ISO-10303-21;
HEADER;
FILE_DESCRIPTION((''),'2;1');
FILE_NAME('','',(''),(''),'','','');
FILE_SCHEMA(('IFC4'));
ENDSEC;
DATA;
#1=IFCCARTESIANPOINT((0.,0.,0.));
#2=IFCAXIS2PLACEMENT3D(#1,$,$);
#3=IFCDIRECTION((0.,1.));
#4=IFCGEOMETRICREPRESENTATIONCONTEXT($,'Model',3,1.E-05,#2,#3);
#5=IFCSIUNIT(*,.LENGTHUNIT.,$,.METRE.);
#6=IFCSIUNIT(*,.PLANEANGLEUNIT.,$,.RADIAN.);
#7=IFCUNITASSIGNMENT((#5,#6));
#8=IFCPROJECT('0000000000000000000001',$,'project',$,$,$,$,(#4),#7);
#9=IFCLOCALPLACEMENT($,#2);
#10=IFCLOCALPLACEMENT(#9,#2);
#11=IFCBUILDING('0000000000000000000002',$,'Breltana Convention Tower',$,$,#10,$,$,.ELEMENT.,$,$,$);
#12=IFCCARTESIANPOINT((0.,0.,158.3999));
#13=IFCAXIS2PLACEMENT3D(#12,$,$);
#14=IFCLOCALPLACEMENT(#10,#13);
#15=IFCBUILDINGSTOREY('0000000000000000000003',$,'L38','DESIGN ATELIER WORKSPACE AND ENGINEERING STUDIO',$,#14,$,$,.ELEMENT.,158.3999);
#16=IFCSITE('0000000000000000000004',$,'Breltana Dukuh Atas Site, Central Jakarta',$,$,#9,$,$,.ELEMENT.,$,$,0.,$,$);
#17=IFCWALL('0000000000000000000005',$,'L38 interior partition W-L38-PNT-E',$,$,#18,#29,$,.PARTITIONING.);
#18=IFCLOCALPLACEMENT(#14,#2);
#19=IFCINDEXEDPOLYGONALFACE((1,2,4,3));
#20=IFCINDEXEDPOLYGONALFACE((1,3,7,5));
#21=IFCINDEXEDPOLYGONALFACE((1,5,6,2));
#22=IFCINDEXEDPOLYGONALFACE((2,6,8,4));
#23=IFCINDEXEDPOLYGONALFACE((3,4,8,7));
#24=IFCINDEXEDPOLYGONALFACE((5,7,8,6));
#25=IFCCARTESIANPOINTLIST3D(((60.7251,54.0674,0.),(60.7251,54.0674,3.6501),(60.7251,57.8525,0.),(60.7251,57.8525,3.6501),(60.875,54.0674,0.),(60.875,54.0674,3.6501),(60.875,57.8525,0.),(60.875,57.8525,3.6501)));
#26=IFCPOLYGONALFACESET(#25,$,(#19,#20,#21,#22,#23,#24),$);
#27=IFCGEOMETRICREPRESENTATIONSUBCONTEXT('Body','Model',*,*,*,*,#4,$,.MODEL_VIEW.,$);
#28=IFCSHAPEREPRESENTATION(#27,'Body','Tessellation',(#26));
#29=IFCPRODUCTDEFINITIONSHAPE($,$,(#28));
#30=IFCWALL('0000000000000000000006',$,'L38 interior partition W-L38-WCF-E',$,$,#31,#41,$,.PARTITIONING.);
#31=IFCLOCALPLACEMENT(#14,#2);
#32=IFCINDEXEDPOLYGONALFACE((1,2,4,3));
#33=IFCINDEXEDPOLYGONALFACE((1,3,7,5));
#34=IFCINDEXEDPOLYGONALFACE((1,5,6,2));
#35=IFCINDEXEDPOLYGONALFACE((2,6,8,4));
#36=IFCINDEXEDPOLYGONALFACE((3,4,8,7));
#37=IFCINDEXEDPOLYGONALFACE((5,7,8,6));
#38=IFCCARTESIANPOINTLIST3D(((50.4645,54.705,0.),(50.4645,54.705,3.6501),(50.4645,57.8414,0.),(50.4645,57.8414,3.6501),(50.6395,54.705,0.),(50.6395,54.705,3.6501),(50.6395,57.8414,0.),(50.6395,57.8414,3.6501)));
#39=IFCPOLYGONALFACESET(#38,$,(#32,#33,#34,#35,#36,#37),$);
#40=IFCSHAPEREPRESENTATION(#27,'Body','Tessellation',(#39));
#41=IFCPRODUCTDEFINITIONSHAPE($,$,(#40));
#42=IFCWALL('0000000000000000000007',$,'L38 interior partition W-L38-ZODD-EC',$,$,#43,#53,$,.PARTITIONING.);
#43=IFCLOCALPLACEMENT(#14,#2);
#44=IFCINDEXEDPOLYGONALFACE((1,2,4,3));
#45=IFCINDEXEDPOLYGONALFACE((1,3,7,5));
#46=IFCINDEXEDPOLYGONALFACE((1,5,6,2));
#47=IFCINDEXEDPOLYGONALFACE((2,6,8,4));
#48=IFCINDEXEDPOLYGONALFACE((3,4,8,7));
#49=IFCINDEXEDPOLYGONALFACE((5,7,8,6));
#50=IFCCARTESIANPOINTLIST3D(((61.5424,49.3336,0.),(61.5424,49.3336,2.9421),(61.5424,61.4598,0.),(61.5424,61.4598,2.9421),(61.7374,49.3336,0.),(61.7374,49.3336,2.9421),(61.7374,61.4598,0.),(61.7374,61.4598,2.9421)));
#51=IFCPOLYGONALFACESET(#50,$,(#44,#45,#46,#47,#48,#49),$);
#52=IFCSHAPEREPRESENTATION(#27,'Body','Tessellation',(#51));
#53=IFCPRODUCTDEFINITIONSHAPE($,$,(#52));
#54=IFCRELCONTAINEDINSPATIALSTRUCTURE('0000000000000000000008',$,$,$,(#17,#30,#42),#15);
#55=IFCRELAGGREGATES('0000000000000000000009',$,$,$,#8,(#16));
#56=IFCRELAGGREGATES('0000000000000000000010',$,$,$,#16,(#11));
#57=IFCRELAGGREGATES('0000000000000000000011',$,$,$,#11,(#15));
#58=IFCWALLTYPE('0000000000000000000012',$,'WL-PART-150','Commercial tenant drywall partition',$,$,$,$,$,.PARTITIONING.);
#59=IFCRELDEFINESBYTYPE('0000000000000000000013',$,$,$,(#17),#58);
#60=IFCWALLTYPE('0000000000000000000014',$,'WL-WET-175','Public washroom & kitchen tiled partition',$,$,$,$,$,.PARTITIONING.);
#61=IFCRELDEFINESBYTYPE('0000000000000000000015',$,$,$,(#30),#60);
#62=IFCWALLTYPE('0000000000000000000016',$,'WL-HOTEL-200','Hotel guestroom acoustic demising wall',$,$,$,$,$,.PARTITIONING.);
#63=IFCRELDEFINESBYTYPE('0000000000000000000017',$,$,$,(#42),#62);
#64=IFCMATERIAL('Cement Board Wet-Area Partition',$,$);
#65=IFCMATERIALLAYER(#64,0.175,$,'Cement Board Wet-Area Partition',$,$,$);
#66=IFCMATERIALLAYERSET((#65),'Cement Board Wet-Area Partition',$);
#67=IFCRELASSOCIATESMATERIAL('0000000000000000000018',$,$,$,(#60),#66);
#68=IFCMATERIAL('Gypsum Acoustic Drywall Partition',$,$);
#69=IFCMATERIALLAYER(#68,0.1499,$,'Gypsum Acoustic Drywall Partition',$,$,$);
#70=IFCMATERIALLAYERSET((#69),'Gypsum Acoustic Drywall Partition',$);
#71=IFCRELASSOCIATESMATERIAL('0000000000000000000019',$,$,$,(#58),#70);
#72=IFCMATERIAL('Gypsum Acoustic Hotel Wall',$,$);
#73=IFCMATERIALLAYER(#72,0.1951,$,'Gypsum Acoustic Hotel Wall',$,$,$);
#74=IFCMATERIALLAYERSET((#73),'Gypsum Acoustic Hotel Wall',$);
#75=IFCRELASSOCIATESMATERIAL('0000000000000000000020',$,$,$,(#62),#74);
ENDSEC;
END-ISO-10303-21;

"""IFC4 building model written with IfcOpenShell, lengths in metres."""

from ifc_helpers import new_model, si_unit, direction, frame, frame_2d, origin, place, context, subcontext, project, spatial, rectangle, extrude, source, transform, mapped, material, layer, layer_set, type_object, element, save


model = new_model("IFC4")

# Units and contexts
model_context = context("Model", 3, precision=1e-05, world=origin(), true_north=direction((0.0, 1.0)))
body_context = subcontext(model_context, "Body", "Model", "MODEL_VIEW")
ifc_project = project(units=[si_unit("LENGTHUNIT", "METRE"), si_unit("PLANEANGLEUNIT", "RADIAN")], contexts=[model_context])

# Site, building, storey
site_placement = place(None, origin())
site = spatial("IfcSite", under=ifc_project, at=site_placement, Name="Breltana Dukuh Atas Site, Central Jakarta", CompositionType="ELEMENT", RefElevation=0.0)
building_placement = place(site_placement, origin())
building = spatial("IfcBuilding", under=site, at=building_placement, Name="Breltana Convention Tower", CompositionType="ELEMENT")
storey_placement = place(building_placement, frame((0.0, 0.0, 158.3999)))
storey = spatial("IfcBuildingStorey", under=building, at=storey_placement, Name="L38", Description="DESIGN ATELIER WORKSPACE AND ENGINEERING STUDIO", CompositionType="ELEMENT", Elevation=158.3999)

# Shared definitions
ifc_material_1 = material(Name="Cement Board Wet-Area Partition")
ifc_layer_1 = layer(ifc_material_1, 0.175, Name="Cement Board Wet-Area Partition")
ifc_layer_set_1 = layer_set([ifc_layer_1], Name="Cement Board Wet-Area Partition")
wall_type_1 = type_object("IfcWallType", Name="WL-WET-175", Description="Public washroom & kitchen tiled partition", PredefinedType="PARTITIONING", material=ifc_layer_set_1)

# Shared definitions
ifc_material_2 = material(Name="Gypsum Acoustic Drywall Partition")
ifc_layer_2 = layer(ifc_material_2, 0.1499, Name="Gypsum Acoustic Drywall Partition")
ifc_layer_set_2 = layer_set([ifc_layer_2], Name="Gypsum Acoustic Drywall Partition")
wall_type_2 = type_object("IfcWallType", Name="WL-PART-150", Description="Commercial tenant drywall partition", PredefinedType="PARTITIONING", material=ifc_layer_set_2)

# Walls
shared_shape_1 = source(origin(), body_context, "Body", "SweptSolid", [
    extrude(rectangle(XDim=3.7852, YDim=0.1499, at=frame_2d((1.8926, 0.0))), origin(), (0.0, 0.0, 1.0), 3.6501),
])
for number, where, z_axis, x_axis, name in (
    (1, (60.8, 54.0674, 0.0), (0.0, 0.0, 1.0), (0.0, 1.0, 0.0), "L38 interior partition W-L38-PNT-E"),
):
    element("IfcWall", number, at=place(storey_placement, frame(where, z_axis=z_axis, x_axis=x_axis)), inside=storey, type_object=wall_type_2, Name=name, PredefinedType="PARTITIONING", context=body_context, shape_type="MappedRepresentation", body=[
        mapped(shared_shape_1, transform((0.0, 0.0, 0.0), scale=1.0)),
    ])
shared_shape_2 = source(origin(), body_context, "Body", "SweptSolid", [
    extrude(rectangle(XDim=3.1365, YDim=0.175, at=frame_2d((1.5684, 0.0))), origin(), (0.0, 0.0, 1.0), 3.6501),
])
wall_1_placement = place(storey_placement, frame((50.552, 54.7048, 0.0), z_axis=(0.0, 0.0, 1.0), x_axis=(0.0, 1.0, 0.0)))
element("IfcWall", 2, at=wall_1_placement, inside=storey, type_object=wall_type_1, Name="L38 interior partition W-L38-WCF-E", PredefinedType="PARTITIONING", context=body_context, shape_type="MappedRepresentation", body=[
    mapped(shared_shape_2, transform((0.0, 0.0, 0.0), scale=1.0)),
])
ifc_material_3 = material(Name="Gypsum Acoustic Hotel Wall")
ifc_layer_3 = layer(ifc_material_3, 0.1951, Name="Gypsum Acoustic Hotel Wall")
ifc_layer_set_3 = layer_set([ifc_layer_3], Name="Gypsum Acoustic Hotel Wall")
wall_type_3 = type_object("IfcWallType", Name="WL-HOTEL-200", Description="Hotel guestroom acoustic demising wall", PredefinedType="PARTITIONING", material=ifc_layer_set_3)
shared_shape_3 = source(origin(), body_context, "Body", "SweptSolid", [
    extrude(rectangle(XDim=12.1262, YDim=0.1951, at=frame_2d((6.063, 0.0))), origin(), (0.0, 0.0, 1.0), 2.9421),
])
wall_2_placement = place(storey_placement, frame((61.6399, 49.3337, 0.0), z_axis=(0.0, 0.0, 1.0), x_axis=(0.0, 1.0, 0.0)))
element("IfcWall", 3, at=wall_2_placement, inside=storey, type_object=wall_type_3, Name="L38 interior partition W-L38-ZODD-EC", PredefinedType="PARTITIONING", context=body_context, shape_type="MappedRepresentation", body=[
    mapped(shared_shape_3, transform((0.0, 0.0, 0.0), scale=1.0)),
])

save(model, "model.ifc")
